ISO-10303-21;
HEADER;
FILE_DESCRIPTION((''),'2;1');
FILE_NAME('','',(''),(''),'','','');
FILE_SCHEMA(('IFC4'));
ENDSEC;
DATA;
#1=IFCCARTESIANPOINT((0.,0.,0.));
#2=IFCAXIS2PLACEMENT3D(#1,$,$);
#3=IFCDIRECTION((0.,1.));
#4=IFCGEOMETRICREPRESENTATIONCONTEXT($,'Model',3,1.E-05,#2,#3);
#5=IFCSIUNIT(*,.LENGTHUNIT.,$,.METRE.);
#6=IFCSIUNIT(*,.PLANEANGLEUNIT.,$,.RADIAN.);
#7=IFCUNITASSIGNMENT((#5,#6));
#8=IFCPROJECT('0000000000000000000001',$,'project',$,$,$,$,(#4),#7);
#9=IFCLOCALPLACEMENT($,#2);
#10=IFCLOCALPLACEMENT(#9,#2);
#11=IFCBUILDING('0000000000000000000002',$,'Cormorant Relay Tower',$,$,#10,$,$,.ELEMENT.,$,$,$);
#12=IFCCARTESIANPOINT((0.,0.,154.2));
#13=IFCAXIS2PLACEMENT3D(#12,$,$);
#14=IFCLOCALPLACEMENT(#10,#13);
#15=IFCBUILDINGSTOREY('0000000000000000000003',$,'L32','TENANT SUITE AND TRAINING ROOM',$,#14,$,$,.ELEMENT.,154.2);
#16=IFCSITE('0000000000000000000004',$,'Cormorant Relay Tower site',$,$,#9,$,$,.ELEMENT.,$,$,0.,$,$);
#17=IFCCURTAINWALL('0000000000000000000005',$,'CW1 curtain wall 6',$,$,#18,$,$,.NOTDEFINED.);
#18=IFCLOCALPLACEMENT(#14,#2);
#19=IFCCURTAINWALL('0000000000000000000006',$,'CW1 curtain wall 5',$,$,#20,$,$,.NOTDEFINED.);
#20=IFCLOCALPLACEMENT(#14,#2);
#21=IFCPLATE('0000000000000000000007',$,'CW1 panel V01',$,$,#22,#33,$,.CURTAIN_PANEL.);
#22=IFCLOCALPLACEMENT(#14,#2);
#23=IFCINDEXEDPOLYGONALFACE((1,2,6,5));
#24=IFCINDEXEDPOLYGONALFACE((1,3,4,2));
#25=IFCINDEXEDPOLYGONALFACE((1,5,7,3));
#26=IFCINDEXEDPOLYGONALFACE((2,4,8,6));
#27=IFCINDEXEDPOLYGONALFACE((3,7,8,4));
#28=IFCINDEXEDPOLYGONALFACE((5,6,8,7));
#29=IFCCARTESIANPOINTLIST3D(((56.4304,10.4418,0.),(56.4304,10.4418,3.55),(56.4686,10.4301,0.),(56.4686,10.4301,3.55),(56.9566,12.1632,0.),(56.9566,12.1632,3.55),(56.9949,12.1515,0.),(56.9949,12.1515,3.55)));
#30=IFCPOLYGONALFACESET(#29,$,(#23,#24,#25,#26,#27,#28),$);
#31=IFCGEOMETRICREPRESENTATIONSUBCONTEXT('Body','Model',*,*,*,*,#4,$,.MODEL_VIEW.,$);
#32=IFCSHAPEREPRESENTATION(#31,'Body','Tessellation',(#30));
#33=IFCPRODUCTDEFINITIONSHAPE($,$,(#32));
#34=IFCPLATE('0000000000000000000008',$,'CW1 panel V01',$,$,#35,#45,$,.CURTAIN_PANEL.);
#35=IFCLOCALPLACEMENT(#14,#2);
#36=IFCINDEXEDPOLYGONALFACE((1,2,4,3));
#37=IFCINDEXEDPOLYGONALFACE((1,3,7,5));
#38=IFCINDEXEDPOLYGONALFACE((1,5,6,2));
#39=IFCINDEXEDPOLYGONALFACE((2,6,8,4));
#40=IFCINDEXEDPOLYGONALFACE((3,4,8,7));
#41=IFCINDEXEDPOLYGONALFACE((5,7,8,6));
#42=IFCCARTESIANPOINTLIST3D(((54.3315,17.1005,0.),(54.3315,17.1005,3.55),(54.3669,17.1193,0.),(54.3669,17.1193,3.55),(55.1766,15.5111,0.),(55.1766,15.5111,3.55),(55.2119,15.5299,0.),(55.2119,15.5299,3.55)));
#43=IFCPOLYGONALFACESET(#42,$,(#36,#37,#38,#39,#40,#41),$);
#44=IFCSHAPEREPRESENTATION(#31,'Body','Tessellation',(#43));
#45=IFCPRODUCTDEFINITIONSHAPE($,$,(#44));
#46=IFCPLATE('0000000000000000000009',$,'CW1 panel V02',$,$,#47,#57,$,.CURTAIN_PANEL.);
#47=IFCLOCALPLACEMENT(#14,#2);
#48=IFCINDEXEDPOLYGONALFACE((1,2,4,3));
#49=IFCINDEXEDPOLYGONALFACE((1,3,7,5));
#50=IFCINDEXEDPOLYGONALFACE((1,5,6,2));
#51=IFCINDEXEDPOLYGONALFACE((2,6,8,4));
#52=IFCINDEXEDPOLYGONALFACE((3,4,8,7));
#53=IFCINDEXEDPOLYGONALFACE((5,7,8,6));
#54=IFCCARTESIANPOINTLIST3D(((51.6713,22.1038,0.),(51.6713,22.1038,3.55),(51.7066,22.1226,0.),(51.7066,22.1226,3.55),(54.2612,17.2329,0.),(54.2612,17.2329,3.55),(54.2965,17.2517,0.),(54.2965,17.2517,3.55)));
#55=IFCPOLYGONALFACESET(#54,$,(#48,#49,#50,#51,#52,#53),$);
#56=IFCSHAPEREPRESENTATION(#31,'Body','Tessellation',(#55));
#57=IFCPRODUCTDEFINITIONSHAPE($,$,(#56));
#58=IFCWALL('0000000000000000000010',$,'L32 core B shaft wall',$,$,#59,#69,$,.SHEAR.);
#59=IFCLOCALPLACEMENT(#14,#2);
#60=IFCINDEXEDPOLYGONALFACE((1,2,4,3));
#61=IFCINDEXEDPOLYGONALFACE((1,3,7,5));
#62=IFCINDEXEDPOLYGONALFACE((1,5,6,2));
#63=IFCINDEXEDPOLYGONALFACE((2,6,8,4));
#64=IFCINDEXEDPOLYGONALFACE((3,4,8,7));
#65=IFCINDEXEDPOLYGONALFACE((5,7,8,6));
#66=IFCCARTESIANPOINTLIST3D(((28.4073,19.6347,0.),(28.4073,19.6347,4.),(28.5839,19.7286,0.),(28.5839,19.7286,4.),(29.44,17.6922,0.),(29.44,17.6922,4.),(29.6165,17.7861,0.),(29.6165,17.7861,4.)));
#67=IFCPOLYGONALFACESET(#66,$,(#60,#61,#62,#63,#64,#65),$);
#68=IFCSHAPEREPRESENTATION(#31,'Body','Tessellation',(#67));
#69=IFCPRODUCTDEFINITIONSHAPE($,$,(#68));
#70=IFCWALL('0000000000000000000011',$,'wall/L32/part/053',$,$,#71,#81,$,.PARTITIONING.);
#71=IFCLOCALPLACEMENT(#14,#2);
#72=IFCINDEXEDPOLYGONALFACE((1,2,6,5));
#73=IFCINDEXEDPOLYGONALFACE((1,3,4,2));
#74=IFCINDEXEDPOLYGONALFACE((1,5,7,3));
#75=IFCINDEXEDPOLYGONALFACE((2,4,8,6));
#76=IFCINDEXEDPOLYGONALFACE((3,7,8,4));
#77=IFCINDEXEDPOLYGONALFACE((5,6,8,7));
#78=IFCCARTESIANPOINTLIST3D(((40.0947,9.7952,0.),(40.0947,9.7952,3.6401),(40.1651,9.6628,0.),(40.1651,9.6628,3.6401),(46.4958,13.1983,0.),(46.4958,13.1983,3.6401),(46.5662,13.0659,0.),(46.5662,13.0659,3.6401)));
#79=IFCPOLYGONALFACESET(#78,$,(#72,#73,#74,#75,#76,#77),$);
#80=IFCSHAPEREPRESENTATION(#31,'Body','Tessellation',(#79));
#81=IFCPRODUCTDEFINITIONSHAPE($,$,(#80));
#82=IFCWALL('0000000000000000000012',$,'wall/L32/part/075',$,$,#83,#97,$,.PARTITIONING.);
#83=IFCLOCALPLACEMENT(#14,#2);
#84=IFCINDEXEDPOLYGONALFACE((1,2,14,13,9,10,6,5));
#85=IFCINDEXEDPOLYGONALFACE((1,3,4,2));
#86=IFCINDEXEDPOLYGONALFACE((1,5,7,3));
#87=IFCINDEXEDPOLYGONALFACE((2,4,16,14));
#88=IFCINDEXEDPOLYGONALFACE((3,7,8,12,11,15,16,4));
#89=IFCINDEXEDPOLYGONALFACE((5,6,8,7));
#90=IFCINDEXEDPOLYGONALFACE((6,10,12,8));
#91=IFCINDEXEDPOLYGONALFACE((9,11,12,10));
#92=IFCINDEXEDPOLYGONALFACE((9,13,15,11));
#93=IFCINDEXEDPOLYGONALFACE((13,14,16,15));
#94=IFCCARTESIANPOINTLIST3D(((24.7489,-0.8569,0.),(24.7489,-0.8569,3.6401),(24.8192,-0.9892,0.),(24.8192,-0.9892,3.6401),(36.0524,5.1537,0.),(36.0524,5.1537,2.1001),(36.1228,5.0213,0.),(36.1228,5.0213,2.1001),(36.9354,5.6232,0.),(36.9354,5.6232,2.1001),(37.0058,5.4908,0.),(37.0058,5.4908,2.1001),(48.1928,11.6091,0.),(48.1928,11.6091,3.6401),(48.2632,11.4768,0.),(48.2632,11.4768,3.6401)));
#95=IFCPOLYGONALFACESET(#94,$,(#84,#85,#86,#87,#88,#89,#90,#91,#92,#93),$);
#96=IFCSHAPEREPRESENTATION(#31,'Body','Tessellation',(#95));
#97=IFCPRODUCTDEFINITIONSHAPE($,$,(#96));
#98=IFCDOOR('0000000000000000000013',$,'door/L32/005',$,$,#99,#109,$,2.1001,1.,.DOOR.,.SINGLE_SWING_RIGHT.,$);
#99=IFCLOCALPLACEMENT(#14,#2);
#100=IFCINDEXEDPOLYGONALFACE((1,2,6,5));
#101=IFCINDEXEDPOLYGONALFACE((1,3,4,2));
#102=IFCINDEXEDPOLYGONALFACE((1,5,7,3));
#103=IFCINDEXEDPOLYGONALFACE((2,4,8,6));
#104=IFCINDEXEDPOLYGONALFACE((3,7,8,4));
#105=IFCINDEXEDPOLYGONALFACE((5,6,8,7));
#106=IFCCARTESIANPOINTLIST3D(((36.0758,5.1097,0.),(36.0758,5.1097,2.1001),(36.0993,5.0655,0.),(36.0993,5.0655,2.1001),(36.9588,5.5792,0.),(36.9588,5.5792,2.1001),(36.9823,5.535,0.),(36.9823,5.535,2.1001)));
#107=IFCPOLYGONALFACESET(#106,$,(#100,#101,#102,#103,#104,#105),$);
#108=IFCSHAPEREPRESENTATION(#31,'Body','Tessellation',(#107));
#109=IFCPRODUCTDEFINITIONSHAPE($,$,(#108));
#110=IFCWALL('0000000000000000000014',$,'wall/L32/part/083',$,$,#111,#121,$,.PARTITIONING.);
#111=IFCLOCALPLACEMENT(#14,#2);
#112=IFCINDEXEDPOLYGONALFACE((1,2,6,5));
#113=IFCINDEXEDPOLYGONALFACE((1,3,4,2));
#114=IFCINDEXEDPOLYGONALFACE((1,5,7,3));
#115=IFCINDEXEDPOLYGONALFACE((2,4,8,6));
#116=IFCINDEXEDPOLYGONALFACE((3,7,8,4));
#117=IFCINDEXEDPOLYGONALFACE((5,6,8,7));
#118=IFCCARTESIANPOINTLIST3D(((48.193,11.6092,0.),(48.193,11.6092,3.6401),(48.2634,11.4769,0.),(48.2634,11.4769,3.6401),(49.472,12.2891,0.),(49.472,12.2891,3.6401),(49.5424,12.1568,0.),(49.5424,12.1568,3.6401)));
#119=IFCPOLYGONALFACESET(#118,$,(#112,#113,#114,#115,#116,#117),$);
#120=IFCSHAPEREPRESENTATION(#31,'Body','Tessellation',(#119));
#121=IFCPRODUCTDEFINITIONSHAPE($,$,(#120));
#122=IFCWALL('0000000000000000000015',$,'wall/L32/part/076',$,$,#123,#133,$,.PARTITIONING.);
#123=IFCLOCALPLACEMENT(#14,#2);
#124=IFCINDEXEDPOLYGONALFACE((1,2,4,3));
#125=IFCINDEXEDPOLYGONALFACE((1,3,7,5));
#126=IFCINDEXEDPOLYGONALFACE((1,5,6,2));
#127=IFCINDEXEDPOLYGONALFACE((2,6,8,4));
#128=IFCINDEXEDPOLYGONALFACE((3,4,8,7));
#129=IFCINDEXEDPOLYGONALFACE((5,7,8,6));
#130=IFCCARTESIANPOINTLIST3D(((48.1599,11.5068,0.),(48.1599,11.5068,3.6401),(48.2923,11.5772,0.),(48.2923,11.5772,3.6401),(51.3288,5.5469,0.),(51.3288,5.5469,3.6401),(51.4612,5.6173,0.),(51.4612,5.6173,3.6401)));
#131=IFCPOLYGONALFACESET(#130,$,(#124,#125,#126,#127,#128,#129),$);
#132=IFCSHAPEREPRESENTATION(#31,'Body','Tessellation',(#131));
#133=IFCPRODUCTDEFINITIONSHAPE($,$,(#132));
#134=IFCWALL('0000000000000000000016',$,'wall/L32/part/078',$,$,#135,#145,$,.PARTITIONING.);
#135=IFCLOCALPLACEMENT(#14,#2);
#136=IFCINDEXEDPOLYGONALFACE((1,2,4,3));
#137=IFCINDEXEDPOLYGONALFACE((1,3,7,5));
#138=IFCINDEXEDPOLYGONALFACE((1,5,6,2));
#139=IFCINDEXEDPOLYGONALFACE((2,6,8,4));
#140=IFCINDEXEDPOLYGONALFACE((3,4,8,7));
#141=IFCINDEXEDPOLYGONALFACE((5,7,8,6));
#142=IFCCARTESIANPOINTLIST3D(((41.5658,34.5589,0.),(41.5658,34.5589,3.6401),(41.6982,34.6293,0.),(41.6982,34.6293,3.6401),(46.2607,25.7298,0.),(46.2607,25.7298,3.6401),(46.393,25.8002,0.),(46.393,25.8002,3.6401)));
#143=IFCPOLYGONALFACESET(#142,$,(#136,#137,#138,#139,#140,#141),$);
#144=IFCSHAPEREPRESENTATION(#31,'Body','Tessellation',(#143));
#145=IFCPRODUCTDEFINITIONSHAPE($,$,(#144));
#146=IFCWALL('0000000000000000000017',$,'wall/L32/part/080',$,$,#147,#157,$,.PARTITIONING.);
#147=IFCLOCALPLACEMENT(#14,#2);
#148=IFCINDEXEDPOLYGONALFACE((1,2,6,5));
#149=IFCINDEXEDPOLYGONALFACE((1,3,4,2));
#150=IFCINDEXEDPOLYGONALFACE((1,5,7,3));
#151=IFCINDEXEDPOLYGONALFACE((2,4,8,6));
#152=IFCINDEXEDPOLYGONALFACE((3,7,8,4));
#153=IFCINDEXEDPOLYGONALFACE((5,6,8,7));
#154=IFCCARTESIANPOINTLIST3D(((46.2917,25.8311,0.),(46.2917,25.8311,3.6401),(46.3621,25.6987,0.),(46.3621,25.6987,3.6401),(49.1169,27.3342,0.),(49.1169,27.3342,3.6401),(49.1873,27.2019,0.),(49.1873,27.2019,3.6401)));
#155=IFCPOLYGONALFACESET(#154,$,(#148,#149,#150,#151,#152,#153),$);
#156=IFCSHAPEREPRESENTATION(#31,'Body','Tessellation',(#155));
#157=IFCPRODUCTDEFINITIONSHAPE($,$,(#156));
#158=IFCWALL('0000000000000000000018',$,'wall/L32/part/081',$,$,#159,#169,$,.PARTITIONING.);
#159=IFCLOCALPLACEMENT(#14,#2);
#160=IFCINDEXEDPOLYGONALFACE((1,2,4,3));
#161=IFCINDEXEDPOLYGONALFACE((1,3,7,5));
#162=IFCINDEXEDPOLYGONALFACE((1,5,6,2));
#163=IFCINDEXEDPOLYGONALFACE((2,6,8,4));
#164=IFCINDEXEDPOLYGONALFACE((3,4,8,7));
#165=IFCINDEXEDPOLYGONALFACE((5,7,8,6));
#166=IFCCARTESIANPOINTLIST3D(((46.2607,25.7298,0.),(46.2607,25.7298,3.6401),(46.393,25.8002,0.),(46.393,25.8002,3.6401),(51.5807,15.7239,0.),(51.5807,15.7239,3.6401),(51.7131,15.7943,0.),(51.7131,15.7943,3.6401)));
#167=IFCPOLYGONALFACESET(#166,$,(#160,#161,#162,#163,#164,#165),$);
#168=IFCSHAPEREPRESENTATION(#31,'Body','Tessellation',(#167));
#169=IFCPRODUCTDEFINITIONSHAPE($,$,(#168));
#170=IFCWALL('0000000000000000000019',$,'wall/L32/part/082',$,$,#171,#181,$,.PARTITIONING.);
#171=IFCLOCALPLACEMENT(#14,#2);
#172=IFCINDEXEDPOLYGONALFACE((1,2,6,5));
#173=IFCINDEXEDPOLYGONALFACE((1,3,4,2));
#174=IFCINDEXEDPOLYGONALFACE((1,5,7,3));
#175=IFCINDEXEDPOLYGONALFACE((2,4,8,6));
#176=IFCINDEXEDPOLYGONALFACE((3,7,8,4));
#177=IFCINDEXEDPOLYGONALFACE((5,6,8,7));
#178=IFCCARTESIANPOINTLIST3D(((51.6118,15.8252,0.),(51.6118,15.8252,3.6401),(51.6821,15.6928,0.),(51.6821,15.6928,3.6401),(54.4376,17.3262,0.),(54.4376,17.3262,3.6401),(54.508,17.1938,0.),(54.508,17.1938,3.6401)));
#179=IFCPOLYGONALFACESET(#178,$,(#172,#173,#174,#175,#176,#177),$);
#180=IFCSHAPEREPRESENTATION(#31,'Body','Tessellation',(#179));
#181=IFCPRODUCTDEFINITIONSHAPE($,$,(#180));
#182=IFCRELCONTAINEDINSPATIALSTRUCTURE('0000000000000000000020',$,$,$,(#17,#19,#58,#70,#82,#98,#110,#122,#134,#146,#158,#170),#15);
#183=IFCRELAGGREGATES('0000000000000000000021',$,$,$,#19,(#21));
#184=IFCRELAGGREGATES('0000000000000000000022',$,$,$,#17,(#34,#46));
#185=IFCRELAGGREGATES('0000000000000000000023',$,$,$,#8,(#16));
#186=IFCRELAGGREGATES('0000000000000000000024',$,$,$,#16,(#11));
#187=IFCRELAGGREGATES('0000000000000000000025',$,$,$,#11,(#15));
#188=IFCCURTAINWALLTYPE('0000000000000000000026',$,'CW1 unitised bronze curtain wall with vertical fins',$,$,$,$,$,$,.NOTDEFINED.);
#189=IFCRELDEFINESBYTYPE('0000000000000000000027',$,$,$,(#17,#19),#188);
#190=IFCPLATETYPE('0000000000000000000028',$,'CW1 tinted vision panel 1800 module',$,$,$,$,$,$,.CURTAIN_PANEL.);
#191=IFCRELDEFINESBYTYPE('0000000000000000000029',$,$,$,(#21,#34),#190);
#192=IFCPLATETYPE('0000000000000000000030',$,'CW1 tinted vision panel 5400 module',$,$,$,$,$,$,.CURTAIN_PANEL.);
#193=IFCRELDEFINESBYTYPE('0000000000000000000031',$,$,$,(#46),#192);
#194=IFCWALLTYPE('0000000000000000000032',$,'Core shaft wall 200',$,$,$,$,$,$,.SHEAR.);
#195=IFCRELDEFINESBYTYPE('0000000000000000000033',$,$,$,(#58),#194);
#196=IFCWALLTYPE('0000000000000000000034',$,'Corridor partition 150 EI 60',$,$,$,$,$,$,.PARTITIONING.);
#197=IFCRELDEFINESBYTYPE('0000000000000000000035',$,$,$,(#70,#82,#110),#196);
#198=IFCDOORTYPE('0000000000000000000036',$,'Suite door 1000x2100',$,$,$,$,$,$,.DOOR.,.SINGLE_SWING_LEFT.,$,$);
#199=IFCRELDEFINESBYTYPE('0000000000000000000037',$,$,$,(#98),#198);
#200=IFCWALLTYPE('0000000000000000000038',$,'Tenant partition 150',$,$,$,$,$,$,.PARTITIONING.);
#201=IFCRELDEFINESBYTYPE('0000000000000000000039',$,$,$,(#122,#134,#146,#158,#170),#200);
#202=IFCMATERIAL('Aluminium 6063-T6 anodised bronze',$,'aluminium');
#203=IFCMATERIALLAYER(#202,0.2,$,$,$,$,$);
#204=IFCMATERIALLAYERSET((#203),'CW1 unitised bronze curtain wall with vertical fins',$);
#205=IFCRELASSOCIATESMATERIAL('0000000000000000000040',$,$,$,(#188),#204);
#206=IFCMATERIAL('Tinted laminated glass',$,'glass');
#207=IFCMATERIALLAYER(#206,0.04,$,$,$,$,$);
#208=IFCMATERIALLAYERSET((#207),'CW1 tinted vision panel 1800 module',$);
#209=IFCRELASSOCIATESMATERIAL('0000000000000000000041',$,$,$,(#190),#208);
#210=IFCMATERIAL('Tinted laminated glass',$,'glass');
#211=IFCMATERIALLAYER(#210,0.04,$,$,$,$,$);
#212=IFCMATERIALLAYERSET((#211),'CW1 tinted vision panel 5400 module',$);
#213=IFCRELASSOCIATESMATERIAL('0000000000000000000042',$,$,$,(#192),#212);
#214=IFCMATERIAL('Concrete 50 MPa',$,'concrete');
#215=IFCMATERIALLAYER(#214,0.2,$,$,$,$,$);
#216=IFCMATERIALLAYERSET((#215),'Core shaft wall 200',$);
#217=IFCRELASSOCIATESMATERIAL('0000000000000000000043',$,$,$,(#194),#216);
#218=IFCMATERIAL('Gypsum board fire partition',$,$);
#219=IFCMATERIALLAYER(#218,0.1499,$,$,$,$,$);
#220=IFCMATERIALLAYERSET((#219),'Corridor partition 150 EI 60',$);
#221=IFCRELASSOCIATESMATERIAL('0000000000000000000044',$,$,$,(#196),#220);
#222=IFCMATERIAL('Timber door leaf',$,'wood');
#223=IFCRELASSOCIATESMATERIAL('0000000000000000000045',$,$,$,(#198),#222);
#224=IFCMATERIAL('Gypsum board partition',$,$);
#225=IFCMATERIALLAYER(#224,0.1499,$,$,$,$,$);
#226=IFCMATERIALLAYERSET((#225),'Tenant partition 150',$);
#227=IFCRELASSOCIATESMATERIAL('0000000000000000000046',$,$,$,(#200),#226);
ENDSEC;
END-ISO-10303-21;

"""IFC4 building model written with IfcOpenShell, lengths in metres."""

from ifc_helpers import new_model, si_unit, direction, frame, frame_2d, origin, origin_2d, place, context, subcontext, project, spatial, rectangle, extrude, material, layer, layer_set, type_object, element, fill, aggregate, save


model = new_model("IFC4")

# Units and contexts
model_context = context("Model", 3, precision=1e-05, world=origin(), true_north=direction((0.0, 1.0)))
body_context = subcontext(model_context, "Body", "Model", "MODEL_VIEW")
ifc_project = project(units=[si_unit("LENGTHUNIT", "METRE"), si_unit("PLANEANGLEUNIT", "RADIAN")], contexts=[model_context])

# Site, building, storey
site_placement = place(None, origin())
site = spatial("IfcSite", under=ifc_project, at=site_placement, Name="Cormorant Relay Tower site", CompositionType="ELEMENT", RefElevation=0.0)
building_placement = place(site_placement, origin())
building = spatial("IfcBuilding", under=site, at=building_placement, Name="Cormorant Relay Tower", CompositionType="ELEMENT")
storey_placement = place(building_placement, frame((0.0, 0.0, 154.2)))
storey = spatial("IfcBuildingStorey", under=building, at=storey_placement, Name="L32", Description="TENANT SUITE AND TRAINING ROOM", CompositionType="ELEMENT", Elevation=154.2)

# Curtain wall
ifc_material_1 = material(Name="Aluminium 6063-T6 anodised bronze", Category="aluminium")
ifc_layer_1 = layer(ifc_material_1, 0.2)
ifc_layer_set_1 = layer_set([ifc_layer_1], Name="CW1 unitised bronze curtain wall with vertical fins")
curtain_wall_type = type_object("IfcCurtainWallType", Name="CW1 unitised bronze curtain wall with vertical fins", PredefinedType="NOTDEFINED", material=ifc_layer_set_1)
curtain_wall_1_placement = place(storey_placement, origin())
curtain_wall_1 = element("IfcCurtainWall", 1, at=curtain_wall_1_placement, inside=storey, type_object=curtain_wall_type, Name="CW1 curtain wall 6", PredefinedType="NOTDEFINED")

# Curtain wall, plate
curtain_wall_2_placement = place(storey_placement, origin())
curtain_wall_2 = element("IfcCurtainWall", 2, at=curtain_wall_2_placement, inside=storey, type_object=curtain_wall_type, Name="CW1 curtain wall 5", PredefinedType="NOTDEFINED")
ifc_material_2 = material(Name="Tinted laminated glass", Category="glass")
ifc_layer_2 = layer(ifc_material_2, 0.04)
ifc_layer_set_2 = layer_set([ifc_layer_2], Name="CW1 tinted vision panel 1800 module")
plate_type_1 = type_object("IfcPlateType", Name="CW1 tinted vision panel 1800 module", PredefinedType="CURTAIN_PANEL", material=ifc_layer_set_2)
plate_1_placement = place(storey_placement, frame((56.7126, 11.2966, 0.0), z_axis=(0.0, 0.0, 1.0), x_axis=(0.292372, 0.956305, 0.0)))
plate_1 = element("IfcPlate", 3, at=plate_1_placement, type_object=plate_type_1, Name="CW1 panel V01", PredefinedType="CURTAIN_PANEL", context=body_context, shape_type="SweptSolid", body=[
    extrude(rectangle(XDim=1.8, YDim=0.04, at=origin_2d()), origin(), (0.0, 0.0, 1.0), 3.55),
])
aggregate(curtain_wall_2, [plate_1])

# Plates
plate_2_placement = place(storey_placement, frame((54.7717, 16.3152, 0.0), z_axis=(0.0, 0.0, 1.0), x_axis=(-0.469472, 0.882948, 0.0)))
plate_2 = element("IfcPlate", 4, at=plate_2_placement, type_object=plate_type_1, Name="CW1 panel V01", PredefinedType="CURTAIN_PANEL", context=body_context, shape_type="SweptSolid", body=[
    extrude(rectangle(XDim=1.8, YDim=0.04, at=origin_2d()), origin(), (0.0, 0.0, 1.0), 3.55),
])
ifc_material_3 = material(Name="Tinted laminated glass", Category="glass")
ifc_layer_3 = layer(ifc_material_3, 0.04)
ifc_layer_set_3 = layer_set([ifc_layer_3], Name="CW1 tinted vision panel 5400 module")
plate_type_2 = type_object("IfcPlateType", Name="CW1 tinted vision panel 5400 module", PredefinedType="CURTAIN_PANEL", material=ifc_layer_set_3)
plate_3_placement = place(storey_placement, frame((52.9839, 19.6777, 0.0), z_axis=(0.0, 0.0, 1.0), x_axis=(-0.469472, 0.882948, 0.0)))
plate_3 = element("IfcPlate", 5, at=plate_3_placement, type_object=plate_type_2, Name="CW1 panel V02", PredefinedType="CURTAIN_PANEL", context=body_context, shape_type="SweptSolid", body=[
    extrude(rectangle(XDim=5.5166, YDim=0.04, at=origin_2d()), origin(), (0.0, 0.0, 1.0), 3.55),
])

# Wall
ifc_material_4 = material(Name="Concrete 50 MPa", Category="concrete")
ifc_layer_4 = layer(ifc_material_4, 0.2)
ifc_layer_set_4 = layer_set([ifc_layer_4], Name="Core shaft wall 200")
wall_type_1 = type_object("IfcWallType", Name="Core shaft wall 200", PredefinedType="SHEAR", material=ifc_layer_set_4)
wall_1_placement = place(storey_placement, frame((29.5283, 17.739, 0.0), z_axis=(0.0, 0.0, 1.0), x_axis=(-0.469401, 0.882985, 0.0)))
element("IfcWall", 6, at=wall_1_placement, inside=storey, type_object=wall_type_1, Name="L32 core B shaft wall", PredefinedType="SHEAR", context=body_context, shape_type="SweptSolid", body=[
    extrude(rectangle(XDim=2.2, YDim=0.2, at=frame_2d((1.1001, 0.0))), origin(), (0.0, 0.0, 1.0), 4.0),
])

# Wall
ifc_material_5 = material(Name="Gypsum board fire partition")
ifc_layer_5 = layer(ifc_material_5, 0.1499)
ifc_layer_set_5 = layer_set([ifc_layer_5], Name="Corridor partition 150 EI 60")
wall_type_2 = type_object("IfcWallType", Name="Corridor partition 150 EI 60", PredefinedType="PARTITIONING", material=ifc_layer_set_5)
wall_2_placement = place(storey_placement, frame((46.531, 13.1321, 0.0), z_axis=(0.0, 0.0, 1.0), x_axis=(-0.882974, -0.469422, 0.0)))
element("IfcWall", 7, at=wall_2_placement, inside=storey, type_object=wall_type_2, Name="wall/L32/part/053", PredefinedType="PARTITIONING", context=body_context, shape_type="SweptSolid", body=[
    extrude(rectangle(XDim=7.2495, YDim=0.1499, at=frame_2d((3.6248, 0.0))), origin(), (0.0, 0.0, 1.0), 3.6401),
])

# Wall, opening, door
wall_3_placement = place(storey_placement, frame((48.228, 11.543, 0.0), z_axis=(0.0, 0.0, 1.0), x_axis=(-0.882938, -0.46949, 0.0)))
wall_3 = element("IfcWall", 8, at=wall_3_placement, inside=storey, type_object=wall_type_2, Name="wall/L32/part/075", PredefinedType="PARTITIONING", context=body_context, shape_type="SweptSolid", body=[
    extrude(rectangle(XDim=26.5522, YDim=0.1499, at=frame_2d((13.2761, 0.0))), origin(), (0.0, 0.0, 1.0), 3.6401),
])
opening_1_placement = place(wall_3_placement, frame((12.75, 0.0, 0.0)))
opening_1 = element("IfcOpeningElement", 9, at=opening_1_placement, cuts=wall_3, PredefinedType="OPENING", context=body_context, shape_type="SweptSolid", body=[
    extrude(rectangle(XDim=1.0, YDim=2.1001, at=frame_2d((0.5, 1.05))), frame((0.0, 0.085, 0.0), z_axis=(0.0, -1.0, 0.0), x_axis=(1.0, 0.0, 0.0)), (0.0, 0.0, 1.0), 0.1699),
])
ifc_material_6 = material(Name="Timber door leaf", Category="wood")
door_type_1 = type_object("IfcDoorType", Name="Suite door 1000x2100", OperationType="SINGLE_SWING_LEFT", PredefinedType="DOOR", material=ifc_material_6)
door_1_placement = place(opening_1_placement, origin())
door_1 = element("IfcDoor", 10, at=door_1_placement, inside=storey, type_object=door_type_1, Name="door/L32/005", OperationType="SINGLE_SWING_RIGHT", OverallHeight=2.1001, OverallWidth=1.0, PredefinedType="DOOR", context=body_context, shape_type="SweptSolid", body=[
    extrude(rectangle(XDim=1.0, YDim=2.1001, at=frame_2d((0.5, 1.05))), frame((0.0, 0.0249, 0.0), z_axis=(0.0, -1.0, 0.0), x_axis=(1.0, 0.0, 0.0)), (0.0, 0.0, 1.0), 0.05),
])
fill(opening_1, door_1)

# Walls
wall_4_placement = place(storey_placement, frame((49.5071, 12.2229, 0.0), z_axis=(0.0, 0.0, 1.0), x_axis=(-0.882991, -0.469389, 0.0)))
element("IfcWall", 11, at=wall_4_placement, inside=storey, type_object=wall_type_2, Name="wall/L32/part/083", PredefinedType="PARTITIONING", context=body_context, shape_type="SweptSolid", body=[
    extrude(rectangle(XDim=1.4485, YDim=0.1499, at=frame_2d((0.7241, 0.0))), origin(), (0.0, 0.0, 1.0), 3.6401),
])
ifc_material_7 = material(Name="Gypsum board partition")
ifc_layer_6 = layer(ifc_material_7, 0.1499)
ifc_layer_set_6 = layer_set([ifc_layer_6], Name="Tenant partition 150")
wall_type_3 = type_object("IfcWallType", Name="Tenant partition 150", PredefinedType="PARTITIONING", material=ifc_layer_set_6)
wall_5_placement = place(storey_placement, frame((48.2261, 11.542, 0.0), z_axis=(0.0, 0.0, 1.0), x_axis=(0.469469, -0.882949, 0.0)))
element("IfcWall", 12, at=wall_5_placement, inside=storey, type_object=wall_type_3, Name="wall/L32/part/076", PredefinedType="PARTITIONING", context=body_context, shape_type="SweptSolid", body=[
    extrude(rectangle(XDim=6.75, YDim=0.1499, at=frame_2d((3.375, 0.0))), origin(), (0.0, 0.0, 1.0), 3.6401),
])
wall_6_placement = place(storey_placement, frame((46.3269, 25.7649, 0.0), z_axis=(0.0, 0.0, 1.0), x_axis=(-0.469496, 0.882935, 0.0)))
element("IfcWall", 13, at=wall_6_placement, inside=storey, type_object=wall_type_3, Name="wall/L32/part/078", PredefinedType="PARTITIONING", context=body_context, shape_type="SweptSolid", body=[
    extrude(rectangle(XDim=9.9998, YDim=0.1499, at=frame_2d((5.0, 0.0))), origin(), (0.0, 0.0, 1.0), 3.6401),
])
wall_7_placement = place(storey_placement, frame((49.1521, 27.2681, 0.0), z_axis=(0.0, 0.0, 1.0), x_axis=(-0.882819, -0.469713, 0.0)))
element("IfcWall", 14, at=wall_7_placement, inside=storey, type_object=wall_type_3, Name="wall/L32/part/080", PredefinedType="PARTITIONING", context=body_context, shape_type="SweptSolid", body=[
    extrude(rectangle(XDim=3.2002, YDim=0.1499, at=frame_2d((1.6001, 0.0))), origin(), (0.0, 0.0, 1.0), 3.6401),
])
wall_8_placement = place(storey_placement, frame((46.3269, 25.7649, 0.0), z_axis=(0.0, 0.0, 1.0), x_axis=(0.469462, -0.882953, 0.0)))
element("IfcWall", 15, at=wall_8_placement, inside=storey, type_object=wall_type_3, Name="wall/L32/part/081", PredefinedType="PARTITIONING", context=body_context, shape_type="SweptSolid", body=[
    extrude(rectangle(XDim=11.3323, YDim=0.1499, at=frame_2d((5.666, 0.0))), origin(), (0.0, 0.0, 1.0), 3.6401),
])
wall_9_placement = place(storey_placement, frame((51.647, 15.759, 0.0), z_axis=(0.0, 0.0, 1.0), x_axis=(0.883154, 0.469083, 0.0)))
element("IfcWall", 16, at=wall_9_placement, inside=storey, type_object=wall_type_3, Name="wall/L32/part/082", PredefinedType="PARTITIONING", context=body_context, shape_type="SweptSolid", body=[
    extrude(rectangle(XDim=3.1997, YDim=0.1499, at=frame_2d((1.5999, 0.0))), origin(), (0.0, 0.0, 1.0), 3.6401),
])

aggregate(curtain_wall_1, [plate_2, plate_3])

save(model, "model.ifc")
